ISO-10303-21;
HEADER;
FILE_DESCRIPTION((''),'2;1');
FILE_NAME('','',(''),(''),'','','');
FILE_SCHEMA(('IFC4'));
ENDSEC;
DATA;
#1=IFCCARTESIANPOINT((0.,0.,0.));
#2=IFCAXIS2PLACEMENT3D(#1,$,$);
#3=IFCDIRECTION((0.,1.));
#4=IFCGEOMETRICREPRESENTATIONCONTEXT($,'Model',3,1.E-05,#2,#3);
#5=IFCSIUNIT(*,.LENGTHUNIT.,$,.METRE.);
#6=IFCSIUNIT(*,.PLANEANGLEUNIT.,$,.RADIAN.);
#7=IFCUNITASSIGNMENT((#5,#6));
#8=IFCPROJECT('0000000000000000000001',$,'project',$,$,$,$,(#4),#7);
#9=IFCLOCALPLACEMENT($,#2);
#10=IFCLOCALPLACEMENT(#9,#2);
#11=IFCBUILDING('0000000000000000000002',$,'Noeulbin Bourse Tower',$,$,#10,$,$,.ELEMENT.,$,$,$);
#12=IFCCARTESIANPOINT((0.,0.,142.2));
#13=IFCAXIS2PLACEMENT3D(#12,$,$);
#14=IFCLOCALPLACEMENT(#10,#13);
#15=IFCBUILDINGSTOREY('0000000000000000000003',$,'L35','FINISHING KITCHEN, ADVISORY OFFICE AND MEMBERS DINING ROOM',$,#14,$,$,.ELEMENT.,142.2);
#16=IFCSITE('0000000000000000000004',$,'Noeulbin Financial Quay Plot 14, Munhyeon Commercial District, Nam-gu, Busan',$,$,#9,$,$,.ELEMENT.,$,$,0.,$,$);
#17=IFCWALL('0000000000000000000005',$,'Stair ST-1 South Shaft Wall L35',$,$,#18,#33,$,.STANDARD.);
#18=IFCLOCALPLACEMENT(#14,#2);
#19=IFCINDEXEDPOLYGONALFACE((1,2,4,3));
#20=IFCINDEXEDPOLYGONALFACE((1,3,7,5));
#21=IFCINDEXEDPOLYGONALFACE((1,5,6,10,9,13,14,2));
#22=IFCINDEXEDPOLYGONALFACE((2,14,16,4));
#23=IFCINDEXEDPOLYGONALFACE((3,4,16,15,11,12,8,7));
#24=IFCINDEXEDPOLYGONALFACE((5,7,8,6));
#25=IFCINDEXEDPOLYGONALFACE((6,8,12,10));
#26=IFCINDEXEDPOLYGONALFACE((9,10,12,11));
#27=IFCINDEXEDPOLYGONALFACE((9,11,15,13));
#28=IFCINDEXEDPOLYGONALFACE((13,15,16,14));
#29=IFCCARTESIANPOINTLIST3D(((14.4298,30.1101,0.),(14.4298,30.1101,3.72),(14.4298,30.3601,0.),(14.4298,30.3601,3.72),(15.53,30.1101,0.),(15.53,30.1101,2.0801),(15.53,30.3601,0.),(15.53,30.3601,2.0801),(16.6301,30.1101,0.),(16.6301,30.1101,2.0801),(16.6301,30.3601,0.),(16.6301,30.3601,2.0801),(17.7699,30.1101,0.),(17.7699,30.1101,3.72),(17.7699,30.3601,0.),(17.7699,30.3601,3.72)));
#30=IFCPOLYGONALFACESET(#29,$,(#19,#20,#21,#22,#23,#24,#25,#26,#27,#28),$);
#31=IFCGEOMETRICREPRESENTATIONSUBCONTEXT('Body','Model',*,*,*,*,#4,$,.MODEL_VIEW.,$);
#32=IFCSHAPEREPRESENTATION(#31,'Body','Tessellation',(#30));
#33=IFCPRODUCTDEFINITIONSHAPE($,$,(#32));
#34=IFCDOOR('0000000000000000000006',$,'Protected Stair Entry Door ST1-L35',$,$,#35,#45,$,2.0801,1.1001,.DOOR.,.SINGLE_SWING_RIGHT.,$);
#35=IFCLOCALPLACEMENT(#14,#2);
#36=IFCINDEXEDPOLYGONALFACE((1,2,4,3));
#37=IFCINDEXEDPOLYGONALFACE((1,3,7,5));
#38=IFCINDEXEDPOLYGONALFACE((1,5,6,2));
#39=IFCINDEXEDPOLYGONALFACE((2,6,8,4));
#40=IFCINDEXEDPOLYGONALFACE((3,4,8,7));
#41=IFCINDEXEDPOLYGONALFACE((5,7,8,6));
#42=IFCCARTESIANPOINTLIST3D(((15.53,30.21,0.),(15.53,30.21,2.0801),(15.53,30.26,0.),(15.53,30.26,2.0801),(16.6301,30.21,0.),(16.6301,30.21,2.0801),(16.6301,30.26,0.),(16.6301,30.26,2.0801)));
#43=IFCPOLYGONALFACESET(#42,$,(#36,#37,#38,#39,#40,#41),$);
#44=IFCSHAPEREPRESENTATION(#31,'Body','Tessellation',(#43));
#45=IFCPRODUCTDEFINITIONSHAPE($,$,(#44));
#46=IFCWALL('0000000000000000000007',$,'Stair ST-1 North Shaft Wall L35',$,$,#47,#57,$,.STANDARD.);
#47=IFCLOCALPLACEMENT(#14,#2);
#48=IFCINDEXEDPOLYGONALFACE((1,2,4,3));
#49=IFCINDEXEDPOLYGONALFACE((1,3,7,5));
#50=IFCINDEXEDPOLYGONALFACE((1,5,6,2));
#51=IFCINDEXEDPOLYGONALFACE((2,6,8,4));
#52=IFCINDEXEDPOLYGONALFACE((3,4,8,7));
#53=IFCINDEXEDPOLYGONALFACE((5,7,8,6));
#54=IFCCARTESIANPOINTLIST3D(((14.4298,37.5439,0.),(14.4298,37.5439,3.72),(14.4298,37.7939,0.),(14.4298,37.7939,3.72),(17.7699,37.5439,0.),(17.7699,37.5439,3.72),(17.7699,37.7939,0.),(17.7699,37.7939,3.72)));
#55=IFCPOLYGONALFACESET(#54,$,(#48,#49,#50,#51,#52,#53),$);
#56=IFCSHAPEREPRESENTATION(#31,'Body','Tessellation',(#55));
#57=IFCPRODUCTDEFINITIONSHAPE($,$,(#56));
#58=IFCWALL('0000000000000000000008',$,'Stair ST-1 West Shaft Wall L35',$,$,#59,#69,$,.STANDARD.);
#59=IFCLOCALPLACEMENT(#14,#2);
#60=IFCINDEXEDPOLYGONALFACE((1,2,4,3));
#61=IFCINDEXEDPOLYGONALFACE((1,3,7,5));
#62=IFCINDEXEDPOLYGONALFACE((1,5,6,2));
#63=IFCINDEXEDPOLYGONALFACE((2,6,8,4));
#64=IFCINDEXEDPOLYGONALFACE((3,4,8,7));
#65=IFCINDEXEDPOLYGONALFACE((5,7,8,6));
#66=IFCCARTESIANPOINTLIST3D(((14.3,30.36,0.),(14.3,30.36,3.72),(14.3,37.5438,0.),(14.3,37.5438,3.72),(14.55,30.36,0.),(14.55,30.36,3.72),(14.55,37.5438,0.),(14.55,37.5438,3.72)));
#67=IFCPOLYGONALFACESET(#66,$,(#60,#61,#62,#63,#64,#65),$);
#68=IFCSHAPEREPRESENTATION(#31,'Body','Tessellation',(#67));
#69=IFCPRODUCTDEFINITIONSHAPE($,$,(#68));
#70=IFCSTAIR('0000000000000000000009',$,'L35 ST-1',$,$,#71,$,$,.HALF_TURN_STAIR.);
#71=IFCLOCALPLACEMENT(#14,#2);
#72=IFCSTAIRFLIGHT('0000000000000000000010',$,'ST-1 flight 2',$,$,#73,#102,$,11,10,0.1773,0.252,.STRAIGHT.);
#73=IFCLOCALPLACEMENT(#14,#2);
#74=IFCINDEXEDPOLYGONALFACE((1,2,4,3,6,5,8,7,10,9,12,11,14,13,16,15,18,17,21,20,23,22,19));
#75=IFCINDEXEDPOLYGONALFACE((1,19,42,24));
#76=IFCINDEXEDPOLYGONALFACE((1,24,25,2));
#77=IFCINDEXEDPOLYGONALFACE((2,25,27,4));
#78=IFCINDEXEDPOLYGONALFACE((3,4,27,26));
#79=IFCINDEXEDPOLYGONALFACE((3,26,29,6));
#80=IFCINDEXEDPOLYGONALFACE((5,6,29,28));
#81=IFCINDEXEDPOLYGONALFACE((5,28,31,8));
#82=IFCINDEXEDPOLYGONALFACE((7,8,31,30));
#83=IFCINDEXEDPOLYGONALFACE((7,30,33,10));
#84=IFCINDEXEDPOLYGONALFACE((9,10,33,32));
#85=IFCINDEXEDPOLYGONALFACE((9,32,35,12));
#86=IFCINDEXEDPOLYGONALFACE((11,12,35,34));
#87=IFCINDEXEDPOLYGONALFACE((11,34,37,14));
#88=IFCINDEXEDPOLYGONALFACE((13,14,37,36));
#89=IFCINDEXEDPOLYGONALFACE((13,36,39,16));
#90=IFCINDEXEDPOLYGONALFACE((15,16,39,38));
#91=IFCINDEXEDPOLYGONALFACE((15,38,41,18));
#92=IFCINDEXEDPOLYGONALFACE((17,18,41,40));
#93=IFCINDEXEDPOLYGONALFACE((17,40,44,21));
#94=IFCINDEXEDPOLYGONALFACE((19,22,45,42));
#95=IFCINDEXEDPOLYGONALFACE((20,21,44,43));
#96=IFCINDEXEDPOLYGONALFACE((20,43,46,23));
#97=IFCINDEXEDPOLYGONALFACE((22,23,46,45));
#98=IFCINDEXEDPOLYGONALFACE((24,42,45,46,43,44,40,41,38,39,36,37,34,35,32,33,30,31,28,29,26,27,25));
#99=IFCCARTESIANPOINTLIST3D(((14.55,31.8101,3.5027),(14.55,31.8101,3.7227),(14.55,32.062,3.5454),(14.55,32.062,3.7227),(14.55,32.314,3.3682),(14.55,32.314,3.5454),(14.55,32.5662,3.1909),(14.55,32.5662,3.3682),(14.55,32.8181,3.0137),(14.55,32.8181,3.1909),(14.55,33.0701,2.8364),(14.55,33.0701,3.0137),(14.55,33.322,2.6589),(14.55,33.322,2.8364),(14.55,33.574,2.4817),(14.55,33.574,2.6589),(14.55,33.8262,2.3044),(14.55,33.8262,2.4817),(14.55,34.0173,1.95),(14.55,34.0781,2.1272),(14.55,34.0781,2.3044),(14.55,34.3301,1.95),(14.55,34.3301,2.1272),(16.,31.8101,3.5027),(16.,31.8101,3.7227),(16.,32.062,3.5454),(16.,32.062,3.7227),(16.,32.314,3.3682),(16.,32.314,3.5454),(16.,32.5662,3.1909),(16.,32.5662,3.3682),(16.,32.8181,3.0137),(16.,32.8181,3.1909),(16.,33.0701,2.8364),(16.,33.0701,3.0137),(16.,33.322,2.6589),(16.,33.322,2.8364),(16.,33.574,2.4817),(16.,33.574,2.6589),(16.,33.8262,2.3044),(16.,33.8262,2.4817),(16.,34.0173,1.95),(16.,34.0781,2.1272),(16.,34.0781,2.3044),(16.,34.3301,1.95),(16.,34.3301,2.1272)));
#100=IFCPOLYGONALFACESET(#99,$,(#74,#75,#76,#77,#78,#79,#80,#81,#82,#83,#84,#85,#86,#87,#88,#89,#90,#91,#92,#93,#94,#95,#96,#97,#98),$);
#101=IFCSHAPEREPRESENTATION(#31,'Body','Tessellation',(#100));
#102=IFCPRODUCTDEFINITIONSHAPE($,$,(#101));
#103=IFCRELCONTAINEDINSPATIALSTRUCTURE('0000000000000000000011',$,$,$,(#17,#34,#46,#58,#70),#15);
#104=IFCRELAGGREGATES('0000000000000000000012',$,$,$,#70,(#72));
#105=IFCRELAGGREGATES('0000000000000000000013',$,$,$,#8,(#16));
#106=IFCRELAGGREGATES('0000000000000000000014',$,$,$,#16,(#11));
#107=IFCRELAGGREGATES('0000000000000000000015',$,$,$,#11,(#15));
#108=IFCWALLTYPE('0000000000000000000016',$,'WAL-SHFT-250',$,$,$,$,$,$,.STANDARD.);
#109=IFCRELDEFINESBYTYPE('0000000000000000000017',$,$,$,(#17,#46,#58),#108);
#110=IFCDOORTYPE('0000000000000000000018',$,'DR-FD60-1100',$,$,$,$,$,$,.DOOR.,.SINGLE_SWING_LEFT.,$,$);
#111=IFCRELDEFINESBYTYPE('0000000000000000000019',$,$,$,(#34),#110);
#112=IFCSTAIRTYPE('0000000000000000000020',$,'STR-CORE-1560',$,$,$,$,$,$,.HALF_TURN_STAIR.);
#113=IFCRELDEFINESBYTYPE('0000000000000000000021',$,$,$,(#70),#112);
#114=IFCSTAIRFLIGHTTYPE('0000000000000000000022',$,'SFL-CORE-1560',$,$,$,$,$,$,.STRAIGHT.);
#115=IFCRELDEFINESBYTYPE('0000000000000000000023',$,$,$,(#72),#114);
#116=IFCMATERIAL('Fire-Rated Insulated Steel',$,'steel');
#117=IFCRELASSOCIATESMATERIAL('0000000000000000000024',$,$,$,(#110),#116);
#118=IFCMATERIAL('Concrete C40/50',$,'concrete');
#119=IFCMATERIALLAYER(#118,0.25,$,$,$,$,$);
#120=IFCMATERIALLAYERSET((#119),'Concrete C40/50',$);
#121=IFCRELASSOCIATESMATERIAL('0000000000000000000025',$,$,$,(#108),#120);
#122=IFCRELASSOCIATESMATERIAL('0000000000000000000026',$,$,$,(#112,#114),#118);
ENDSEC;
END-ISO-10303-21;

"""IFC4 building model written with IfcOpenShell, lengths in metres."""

from ifc_helpers import new_model, si_unit, direction, frame, frame_2d, origin, place, context, subcontext, project, spatial, polyline, rectangle, outline, extrude, material, layer, layer_set, type_object, element, fill, aggregate, save


model = new_model("IFC4")

# Units and contexts
model_context = context("Model", 3, precision=1e-05, world=origin(), true_north=direction((0.0, 1.0)))
body_context = subcontext(model_context, "Body", "Model", "MODEL_VIEW")
ifc_project = project(units=[si_unit("LENGTHUNIT", "METRE"), si_unit("PLANEANGLEUNIT", "RADIAN")], contexts=[model_context])

# Site, building, storey
site_placement = place(None, origin())
site = spatial("IfcSite", under=ifc_project, at=site_placement, Name="Noeulbin Financial Quay Plot 14, Munhyeon Commercial District, Nam-gu, Busan", CompositionType="ELEMENT", RefElevation=0.0)
building_placement = place(site_placement, origin())
building = spatial("IfcBuilding", under=site, at=building_placement, Name="Noeulbin Bourse Tower", CompositionType="ELEMENT")
storey_placement = place(building_placement, frame((0.0, 0.0, 142.2)))
storey = spatial("IfcBuildingStorey", under=building, at=storey_placement, Name="L35", Description="FINISHING KITCHEN, ADVISORY OFFICE AND MEMBERS DINING ROOM", CompositionType="ELEMENT", Elevation=142.2)

# Shared definitions
ifc_material_1 = material(Name="Fire-Rated Insulated Steel", Category="steel")
door_type_1 = type_object("IfcDoorType", Name="DR-FD60-1100", OperationType="SINGLE_SWING_LEFT", PredefinedType="DOOR", material=ifc_material_1)

# Wall, opening, door
ifc_material_2 = material(Name="Concrete C40/50", Category="concrete")
ifc_layer_1 = layer(ifc_material_2, 0.25)
ifc_layer_set_1 = layer_set([ifc_layer_1], Name="Concrete C40/50")
wall_type_1 = type_object("IfcWallType", Name="WAL-SHFT-250", PredefinedType="STANDARD", material=ifc_layer_set_1)
wall_1_placement = place(storey_placement, frame((14.4299, 30.2351, 0.0), z_axis=(0.0, 0.0, 1.0), x_axis=(1.0, 0.0, 0.0)))
wall_1 = element("IfcWall", 1, at=wall_1_placement, inside=storey, type_object=wall_type_1, Name="Stair ST-1 South Shaft Wall L35", PredefinedType="STANDARD", context=body_context, shape_type="SweptSolid", body=[
    extrude(rectangle(XDim=3.3401, YDim=0.25, at=frame_2d((1.6699, 0.0))), origin(), (0.0, 0.0, 1.0), 3.72),
])
opening_1_placement = place(wall_1_placement, frame((1.1001, 0.0, 0.0)))
opening_1 = element("IfcOpeningElement", 2, at=opening_1_placement, cuts=wall_1, PredefinedType="OPENING", context=body_context, shape_type="SweptSolid", body=[
    extrude(rectangle(XDim=1.1001, YDim=2.0801, at=frame_2d((0.55, 1.04))), frame((0.0, 0.135, 0.0), z_axis=(0.0, -1.0, 0.0), x_axis=(1.0, 0.0, 0.0)), (0.0, 0.0, 1.0), 0.27),
])
door_1_placement = place(opening_1_placement, origin())
door_1 = element("IfcDoor", 3, at=door_1_placement, inside=storey, type_object=door_type_1, Name="Protected Stair Entry Door ST1-L35", OperationType="SINGLE_SWING_RIGHT", OverallHeight=2.0801, OverallWidth=1.1001, PredefinedType="DOOR", context=body_context, shape_type="SweptSolid", body=[
    extrude(rectangle(XDim=1.1001, YDim=2.0801, at=frame_2d((0.55, 1.04))), frame((0.0, 0.0249, 0.0), z_axis=(0.0, -1.0, 0.0), x_axis=(1.0, 0.0, 0.0)), (0.0, 0.0, 1.0), 0.05),
])
fill(opening_1, door_1)

# Walls
wall_2_placement = place(storey_placement, frame((14.4299, 37.6689, 0.0), z_axis=(0.0, 0.0, 1.0), x_axis=(1.0, 0.0, 0.0)))
element("IfcWall", 4, at=wall_2_placement, inside=storey, type_object=wall_type_1, Name="Stair ST-1 North Shaft Wall L35", PredefinedType="STANDARD", context=body_context, shape_type="SweptSolid", body=[
    extrude(rectangle(XDim=3.3401, YDim=0.25, at=frame_2d((1.6699, 0.0))), origin(), (0.0, 0.0, 1.0), 3.72),
])
wall_3_placement = place(storey_placement, frame((14.425, 30.3601, 0.0), z_axis=(0.0, 0.0, 1.0), x_axis=(0.0, 1.0, 0.0)))
element("IfcWall", 5, at=wall_3_placement, inside=storey, type_object=wall_type_1, Name="Stair ST-1 West Shaft Wall L35", PredefinedType="STANDARD", context=body_context, shape_type="SweptSolid", body=[
    extrude(rectangle(XDim=7.1838, YDim=0.25, at=frame_2d((3.5918, 0.0))), origin(), (0.0, 0.0, 1.0), 3.72),
])

# Stair, stair flight
stair_type = type_object("IfcStairType", Name="STR-CORE-1560", PredefinedType="HALF_TURN_STAIR", material=ifc_material_2)
stair_placement = place(storey_placement, origin())
stair = element("IfcStair", 6, at=stair_placement, inside=storey, type_object=stair_type, Name="L35 ST-1", PredefinedType="HALF_TURN_STAIR")
stair_flight_type = type_object("IfcStairFlightType", Name="SFL-CORE-1560", PredefinedType="STRAIGHT", material=ifc_material_2)
stair_flight_placement = place(storey_placement, frame((15.2749, 34.3301, 1.95), z_axis=(0.0, 0.0, 1.0), x_axis=(0.0, -1.0, 0.0)))
stair_flight = element("IfcStairFlight", 7, at=stair_flight_placement, type_object=stair_flight_type, Name="ST-1 flight 2", NumberOfRisers=11, NumberOfTreads=10, PredefinedType="STRAIGHT", RiserHeight=0.1773, TreadLength=0.252, context=body_context, shape_type="SweptSolid", body=[
    extrude(outline(polyline([(0.0, 0.0), (0.0, 0.1772), (0.252, 0.1772), (0.252, 0.3545), (0.5039, 0.3545), (0.5039, 0.5317), (0.7561, 0.5317), (0.7561, 0.709), (1.0081, 0.709), (1.0081, 0.8865), (1.26, 0.8865), (1.26, 1.0637), (1.512, 1.0637), (1.512, 1.241), (1.7639, 1.241), (1.7639, 1.4182), (2.0161, 1.4182), (2.0161, 1.5955), (2.2681, 1.5955), (2.2681, 1.7727), (2.52, 1.7727), (2.52, 1.95), (2.52, 1.5527), (0.3127, 0.0), (0.0, 0.0)])), frame((0.0, 0.7251, 0.0), z_axis=(0.0, -1.0, 0.0), x_axis=(1.0, 0.0, 0.0)), (0.0, 0.0, 1.0), 1.45),
])
aggregate(stair, [stair_flight])

save(model, "model.ifc")
